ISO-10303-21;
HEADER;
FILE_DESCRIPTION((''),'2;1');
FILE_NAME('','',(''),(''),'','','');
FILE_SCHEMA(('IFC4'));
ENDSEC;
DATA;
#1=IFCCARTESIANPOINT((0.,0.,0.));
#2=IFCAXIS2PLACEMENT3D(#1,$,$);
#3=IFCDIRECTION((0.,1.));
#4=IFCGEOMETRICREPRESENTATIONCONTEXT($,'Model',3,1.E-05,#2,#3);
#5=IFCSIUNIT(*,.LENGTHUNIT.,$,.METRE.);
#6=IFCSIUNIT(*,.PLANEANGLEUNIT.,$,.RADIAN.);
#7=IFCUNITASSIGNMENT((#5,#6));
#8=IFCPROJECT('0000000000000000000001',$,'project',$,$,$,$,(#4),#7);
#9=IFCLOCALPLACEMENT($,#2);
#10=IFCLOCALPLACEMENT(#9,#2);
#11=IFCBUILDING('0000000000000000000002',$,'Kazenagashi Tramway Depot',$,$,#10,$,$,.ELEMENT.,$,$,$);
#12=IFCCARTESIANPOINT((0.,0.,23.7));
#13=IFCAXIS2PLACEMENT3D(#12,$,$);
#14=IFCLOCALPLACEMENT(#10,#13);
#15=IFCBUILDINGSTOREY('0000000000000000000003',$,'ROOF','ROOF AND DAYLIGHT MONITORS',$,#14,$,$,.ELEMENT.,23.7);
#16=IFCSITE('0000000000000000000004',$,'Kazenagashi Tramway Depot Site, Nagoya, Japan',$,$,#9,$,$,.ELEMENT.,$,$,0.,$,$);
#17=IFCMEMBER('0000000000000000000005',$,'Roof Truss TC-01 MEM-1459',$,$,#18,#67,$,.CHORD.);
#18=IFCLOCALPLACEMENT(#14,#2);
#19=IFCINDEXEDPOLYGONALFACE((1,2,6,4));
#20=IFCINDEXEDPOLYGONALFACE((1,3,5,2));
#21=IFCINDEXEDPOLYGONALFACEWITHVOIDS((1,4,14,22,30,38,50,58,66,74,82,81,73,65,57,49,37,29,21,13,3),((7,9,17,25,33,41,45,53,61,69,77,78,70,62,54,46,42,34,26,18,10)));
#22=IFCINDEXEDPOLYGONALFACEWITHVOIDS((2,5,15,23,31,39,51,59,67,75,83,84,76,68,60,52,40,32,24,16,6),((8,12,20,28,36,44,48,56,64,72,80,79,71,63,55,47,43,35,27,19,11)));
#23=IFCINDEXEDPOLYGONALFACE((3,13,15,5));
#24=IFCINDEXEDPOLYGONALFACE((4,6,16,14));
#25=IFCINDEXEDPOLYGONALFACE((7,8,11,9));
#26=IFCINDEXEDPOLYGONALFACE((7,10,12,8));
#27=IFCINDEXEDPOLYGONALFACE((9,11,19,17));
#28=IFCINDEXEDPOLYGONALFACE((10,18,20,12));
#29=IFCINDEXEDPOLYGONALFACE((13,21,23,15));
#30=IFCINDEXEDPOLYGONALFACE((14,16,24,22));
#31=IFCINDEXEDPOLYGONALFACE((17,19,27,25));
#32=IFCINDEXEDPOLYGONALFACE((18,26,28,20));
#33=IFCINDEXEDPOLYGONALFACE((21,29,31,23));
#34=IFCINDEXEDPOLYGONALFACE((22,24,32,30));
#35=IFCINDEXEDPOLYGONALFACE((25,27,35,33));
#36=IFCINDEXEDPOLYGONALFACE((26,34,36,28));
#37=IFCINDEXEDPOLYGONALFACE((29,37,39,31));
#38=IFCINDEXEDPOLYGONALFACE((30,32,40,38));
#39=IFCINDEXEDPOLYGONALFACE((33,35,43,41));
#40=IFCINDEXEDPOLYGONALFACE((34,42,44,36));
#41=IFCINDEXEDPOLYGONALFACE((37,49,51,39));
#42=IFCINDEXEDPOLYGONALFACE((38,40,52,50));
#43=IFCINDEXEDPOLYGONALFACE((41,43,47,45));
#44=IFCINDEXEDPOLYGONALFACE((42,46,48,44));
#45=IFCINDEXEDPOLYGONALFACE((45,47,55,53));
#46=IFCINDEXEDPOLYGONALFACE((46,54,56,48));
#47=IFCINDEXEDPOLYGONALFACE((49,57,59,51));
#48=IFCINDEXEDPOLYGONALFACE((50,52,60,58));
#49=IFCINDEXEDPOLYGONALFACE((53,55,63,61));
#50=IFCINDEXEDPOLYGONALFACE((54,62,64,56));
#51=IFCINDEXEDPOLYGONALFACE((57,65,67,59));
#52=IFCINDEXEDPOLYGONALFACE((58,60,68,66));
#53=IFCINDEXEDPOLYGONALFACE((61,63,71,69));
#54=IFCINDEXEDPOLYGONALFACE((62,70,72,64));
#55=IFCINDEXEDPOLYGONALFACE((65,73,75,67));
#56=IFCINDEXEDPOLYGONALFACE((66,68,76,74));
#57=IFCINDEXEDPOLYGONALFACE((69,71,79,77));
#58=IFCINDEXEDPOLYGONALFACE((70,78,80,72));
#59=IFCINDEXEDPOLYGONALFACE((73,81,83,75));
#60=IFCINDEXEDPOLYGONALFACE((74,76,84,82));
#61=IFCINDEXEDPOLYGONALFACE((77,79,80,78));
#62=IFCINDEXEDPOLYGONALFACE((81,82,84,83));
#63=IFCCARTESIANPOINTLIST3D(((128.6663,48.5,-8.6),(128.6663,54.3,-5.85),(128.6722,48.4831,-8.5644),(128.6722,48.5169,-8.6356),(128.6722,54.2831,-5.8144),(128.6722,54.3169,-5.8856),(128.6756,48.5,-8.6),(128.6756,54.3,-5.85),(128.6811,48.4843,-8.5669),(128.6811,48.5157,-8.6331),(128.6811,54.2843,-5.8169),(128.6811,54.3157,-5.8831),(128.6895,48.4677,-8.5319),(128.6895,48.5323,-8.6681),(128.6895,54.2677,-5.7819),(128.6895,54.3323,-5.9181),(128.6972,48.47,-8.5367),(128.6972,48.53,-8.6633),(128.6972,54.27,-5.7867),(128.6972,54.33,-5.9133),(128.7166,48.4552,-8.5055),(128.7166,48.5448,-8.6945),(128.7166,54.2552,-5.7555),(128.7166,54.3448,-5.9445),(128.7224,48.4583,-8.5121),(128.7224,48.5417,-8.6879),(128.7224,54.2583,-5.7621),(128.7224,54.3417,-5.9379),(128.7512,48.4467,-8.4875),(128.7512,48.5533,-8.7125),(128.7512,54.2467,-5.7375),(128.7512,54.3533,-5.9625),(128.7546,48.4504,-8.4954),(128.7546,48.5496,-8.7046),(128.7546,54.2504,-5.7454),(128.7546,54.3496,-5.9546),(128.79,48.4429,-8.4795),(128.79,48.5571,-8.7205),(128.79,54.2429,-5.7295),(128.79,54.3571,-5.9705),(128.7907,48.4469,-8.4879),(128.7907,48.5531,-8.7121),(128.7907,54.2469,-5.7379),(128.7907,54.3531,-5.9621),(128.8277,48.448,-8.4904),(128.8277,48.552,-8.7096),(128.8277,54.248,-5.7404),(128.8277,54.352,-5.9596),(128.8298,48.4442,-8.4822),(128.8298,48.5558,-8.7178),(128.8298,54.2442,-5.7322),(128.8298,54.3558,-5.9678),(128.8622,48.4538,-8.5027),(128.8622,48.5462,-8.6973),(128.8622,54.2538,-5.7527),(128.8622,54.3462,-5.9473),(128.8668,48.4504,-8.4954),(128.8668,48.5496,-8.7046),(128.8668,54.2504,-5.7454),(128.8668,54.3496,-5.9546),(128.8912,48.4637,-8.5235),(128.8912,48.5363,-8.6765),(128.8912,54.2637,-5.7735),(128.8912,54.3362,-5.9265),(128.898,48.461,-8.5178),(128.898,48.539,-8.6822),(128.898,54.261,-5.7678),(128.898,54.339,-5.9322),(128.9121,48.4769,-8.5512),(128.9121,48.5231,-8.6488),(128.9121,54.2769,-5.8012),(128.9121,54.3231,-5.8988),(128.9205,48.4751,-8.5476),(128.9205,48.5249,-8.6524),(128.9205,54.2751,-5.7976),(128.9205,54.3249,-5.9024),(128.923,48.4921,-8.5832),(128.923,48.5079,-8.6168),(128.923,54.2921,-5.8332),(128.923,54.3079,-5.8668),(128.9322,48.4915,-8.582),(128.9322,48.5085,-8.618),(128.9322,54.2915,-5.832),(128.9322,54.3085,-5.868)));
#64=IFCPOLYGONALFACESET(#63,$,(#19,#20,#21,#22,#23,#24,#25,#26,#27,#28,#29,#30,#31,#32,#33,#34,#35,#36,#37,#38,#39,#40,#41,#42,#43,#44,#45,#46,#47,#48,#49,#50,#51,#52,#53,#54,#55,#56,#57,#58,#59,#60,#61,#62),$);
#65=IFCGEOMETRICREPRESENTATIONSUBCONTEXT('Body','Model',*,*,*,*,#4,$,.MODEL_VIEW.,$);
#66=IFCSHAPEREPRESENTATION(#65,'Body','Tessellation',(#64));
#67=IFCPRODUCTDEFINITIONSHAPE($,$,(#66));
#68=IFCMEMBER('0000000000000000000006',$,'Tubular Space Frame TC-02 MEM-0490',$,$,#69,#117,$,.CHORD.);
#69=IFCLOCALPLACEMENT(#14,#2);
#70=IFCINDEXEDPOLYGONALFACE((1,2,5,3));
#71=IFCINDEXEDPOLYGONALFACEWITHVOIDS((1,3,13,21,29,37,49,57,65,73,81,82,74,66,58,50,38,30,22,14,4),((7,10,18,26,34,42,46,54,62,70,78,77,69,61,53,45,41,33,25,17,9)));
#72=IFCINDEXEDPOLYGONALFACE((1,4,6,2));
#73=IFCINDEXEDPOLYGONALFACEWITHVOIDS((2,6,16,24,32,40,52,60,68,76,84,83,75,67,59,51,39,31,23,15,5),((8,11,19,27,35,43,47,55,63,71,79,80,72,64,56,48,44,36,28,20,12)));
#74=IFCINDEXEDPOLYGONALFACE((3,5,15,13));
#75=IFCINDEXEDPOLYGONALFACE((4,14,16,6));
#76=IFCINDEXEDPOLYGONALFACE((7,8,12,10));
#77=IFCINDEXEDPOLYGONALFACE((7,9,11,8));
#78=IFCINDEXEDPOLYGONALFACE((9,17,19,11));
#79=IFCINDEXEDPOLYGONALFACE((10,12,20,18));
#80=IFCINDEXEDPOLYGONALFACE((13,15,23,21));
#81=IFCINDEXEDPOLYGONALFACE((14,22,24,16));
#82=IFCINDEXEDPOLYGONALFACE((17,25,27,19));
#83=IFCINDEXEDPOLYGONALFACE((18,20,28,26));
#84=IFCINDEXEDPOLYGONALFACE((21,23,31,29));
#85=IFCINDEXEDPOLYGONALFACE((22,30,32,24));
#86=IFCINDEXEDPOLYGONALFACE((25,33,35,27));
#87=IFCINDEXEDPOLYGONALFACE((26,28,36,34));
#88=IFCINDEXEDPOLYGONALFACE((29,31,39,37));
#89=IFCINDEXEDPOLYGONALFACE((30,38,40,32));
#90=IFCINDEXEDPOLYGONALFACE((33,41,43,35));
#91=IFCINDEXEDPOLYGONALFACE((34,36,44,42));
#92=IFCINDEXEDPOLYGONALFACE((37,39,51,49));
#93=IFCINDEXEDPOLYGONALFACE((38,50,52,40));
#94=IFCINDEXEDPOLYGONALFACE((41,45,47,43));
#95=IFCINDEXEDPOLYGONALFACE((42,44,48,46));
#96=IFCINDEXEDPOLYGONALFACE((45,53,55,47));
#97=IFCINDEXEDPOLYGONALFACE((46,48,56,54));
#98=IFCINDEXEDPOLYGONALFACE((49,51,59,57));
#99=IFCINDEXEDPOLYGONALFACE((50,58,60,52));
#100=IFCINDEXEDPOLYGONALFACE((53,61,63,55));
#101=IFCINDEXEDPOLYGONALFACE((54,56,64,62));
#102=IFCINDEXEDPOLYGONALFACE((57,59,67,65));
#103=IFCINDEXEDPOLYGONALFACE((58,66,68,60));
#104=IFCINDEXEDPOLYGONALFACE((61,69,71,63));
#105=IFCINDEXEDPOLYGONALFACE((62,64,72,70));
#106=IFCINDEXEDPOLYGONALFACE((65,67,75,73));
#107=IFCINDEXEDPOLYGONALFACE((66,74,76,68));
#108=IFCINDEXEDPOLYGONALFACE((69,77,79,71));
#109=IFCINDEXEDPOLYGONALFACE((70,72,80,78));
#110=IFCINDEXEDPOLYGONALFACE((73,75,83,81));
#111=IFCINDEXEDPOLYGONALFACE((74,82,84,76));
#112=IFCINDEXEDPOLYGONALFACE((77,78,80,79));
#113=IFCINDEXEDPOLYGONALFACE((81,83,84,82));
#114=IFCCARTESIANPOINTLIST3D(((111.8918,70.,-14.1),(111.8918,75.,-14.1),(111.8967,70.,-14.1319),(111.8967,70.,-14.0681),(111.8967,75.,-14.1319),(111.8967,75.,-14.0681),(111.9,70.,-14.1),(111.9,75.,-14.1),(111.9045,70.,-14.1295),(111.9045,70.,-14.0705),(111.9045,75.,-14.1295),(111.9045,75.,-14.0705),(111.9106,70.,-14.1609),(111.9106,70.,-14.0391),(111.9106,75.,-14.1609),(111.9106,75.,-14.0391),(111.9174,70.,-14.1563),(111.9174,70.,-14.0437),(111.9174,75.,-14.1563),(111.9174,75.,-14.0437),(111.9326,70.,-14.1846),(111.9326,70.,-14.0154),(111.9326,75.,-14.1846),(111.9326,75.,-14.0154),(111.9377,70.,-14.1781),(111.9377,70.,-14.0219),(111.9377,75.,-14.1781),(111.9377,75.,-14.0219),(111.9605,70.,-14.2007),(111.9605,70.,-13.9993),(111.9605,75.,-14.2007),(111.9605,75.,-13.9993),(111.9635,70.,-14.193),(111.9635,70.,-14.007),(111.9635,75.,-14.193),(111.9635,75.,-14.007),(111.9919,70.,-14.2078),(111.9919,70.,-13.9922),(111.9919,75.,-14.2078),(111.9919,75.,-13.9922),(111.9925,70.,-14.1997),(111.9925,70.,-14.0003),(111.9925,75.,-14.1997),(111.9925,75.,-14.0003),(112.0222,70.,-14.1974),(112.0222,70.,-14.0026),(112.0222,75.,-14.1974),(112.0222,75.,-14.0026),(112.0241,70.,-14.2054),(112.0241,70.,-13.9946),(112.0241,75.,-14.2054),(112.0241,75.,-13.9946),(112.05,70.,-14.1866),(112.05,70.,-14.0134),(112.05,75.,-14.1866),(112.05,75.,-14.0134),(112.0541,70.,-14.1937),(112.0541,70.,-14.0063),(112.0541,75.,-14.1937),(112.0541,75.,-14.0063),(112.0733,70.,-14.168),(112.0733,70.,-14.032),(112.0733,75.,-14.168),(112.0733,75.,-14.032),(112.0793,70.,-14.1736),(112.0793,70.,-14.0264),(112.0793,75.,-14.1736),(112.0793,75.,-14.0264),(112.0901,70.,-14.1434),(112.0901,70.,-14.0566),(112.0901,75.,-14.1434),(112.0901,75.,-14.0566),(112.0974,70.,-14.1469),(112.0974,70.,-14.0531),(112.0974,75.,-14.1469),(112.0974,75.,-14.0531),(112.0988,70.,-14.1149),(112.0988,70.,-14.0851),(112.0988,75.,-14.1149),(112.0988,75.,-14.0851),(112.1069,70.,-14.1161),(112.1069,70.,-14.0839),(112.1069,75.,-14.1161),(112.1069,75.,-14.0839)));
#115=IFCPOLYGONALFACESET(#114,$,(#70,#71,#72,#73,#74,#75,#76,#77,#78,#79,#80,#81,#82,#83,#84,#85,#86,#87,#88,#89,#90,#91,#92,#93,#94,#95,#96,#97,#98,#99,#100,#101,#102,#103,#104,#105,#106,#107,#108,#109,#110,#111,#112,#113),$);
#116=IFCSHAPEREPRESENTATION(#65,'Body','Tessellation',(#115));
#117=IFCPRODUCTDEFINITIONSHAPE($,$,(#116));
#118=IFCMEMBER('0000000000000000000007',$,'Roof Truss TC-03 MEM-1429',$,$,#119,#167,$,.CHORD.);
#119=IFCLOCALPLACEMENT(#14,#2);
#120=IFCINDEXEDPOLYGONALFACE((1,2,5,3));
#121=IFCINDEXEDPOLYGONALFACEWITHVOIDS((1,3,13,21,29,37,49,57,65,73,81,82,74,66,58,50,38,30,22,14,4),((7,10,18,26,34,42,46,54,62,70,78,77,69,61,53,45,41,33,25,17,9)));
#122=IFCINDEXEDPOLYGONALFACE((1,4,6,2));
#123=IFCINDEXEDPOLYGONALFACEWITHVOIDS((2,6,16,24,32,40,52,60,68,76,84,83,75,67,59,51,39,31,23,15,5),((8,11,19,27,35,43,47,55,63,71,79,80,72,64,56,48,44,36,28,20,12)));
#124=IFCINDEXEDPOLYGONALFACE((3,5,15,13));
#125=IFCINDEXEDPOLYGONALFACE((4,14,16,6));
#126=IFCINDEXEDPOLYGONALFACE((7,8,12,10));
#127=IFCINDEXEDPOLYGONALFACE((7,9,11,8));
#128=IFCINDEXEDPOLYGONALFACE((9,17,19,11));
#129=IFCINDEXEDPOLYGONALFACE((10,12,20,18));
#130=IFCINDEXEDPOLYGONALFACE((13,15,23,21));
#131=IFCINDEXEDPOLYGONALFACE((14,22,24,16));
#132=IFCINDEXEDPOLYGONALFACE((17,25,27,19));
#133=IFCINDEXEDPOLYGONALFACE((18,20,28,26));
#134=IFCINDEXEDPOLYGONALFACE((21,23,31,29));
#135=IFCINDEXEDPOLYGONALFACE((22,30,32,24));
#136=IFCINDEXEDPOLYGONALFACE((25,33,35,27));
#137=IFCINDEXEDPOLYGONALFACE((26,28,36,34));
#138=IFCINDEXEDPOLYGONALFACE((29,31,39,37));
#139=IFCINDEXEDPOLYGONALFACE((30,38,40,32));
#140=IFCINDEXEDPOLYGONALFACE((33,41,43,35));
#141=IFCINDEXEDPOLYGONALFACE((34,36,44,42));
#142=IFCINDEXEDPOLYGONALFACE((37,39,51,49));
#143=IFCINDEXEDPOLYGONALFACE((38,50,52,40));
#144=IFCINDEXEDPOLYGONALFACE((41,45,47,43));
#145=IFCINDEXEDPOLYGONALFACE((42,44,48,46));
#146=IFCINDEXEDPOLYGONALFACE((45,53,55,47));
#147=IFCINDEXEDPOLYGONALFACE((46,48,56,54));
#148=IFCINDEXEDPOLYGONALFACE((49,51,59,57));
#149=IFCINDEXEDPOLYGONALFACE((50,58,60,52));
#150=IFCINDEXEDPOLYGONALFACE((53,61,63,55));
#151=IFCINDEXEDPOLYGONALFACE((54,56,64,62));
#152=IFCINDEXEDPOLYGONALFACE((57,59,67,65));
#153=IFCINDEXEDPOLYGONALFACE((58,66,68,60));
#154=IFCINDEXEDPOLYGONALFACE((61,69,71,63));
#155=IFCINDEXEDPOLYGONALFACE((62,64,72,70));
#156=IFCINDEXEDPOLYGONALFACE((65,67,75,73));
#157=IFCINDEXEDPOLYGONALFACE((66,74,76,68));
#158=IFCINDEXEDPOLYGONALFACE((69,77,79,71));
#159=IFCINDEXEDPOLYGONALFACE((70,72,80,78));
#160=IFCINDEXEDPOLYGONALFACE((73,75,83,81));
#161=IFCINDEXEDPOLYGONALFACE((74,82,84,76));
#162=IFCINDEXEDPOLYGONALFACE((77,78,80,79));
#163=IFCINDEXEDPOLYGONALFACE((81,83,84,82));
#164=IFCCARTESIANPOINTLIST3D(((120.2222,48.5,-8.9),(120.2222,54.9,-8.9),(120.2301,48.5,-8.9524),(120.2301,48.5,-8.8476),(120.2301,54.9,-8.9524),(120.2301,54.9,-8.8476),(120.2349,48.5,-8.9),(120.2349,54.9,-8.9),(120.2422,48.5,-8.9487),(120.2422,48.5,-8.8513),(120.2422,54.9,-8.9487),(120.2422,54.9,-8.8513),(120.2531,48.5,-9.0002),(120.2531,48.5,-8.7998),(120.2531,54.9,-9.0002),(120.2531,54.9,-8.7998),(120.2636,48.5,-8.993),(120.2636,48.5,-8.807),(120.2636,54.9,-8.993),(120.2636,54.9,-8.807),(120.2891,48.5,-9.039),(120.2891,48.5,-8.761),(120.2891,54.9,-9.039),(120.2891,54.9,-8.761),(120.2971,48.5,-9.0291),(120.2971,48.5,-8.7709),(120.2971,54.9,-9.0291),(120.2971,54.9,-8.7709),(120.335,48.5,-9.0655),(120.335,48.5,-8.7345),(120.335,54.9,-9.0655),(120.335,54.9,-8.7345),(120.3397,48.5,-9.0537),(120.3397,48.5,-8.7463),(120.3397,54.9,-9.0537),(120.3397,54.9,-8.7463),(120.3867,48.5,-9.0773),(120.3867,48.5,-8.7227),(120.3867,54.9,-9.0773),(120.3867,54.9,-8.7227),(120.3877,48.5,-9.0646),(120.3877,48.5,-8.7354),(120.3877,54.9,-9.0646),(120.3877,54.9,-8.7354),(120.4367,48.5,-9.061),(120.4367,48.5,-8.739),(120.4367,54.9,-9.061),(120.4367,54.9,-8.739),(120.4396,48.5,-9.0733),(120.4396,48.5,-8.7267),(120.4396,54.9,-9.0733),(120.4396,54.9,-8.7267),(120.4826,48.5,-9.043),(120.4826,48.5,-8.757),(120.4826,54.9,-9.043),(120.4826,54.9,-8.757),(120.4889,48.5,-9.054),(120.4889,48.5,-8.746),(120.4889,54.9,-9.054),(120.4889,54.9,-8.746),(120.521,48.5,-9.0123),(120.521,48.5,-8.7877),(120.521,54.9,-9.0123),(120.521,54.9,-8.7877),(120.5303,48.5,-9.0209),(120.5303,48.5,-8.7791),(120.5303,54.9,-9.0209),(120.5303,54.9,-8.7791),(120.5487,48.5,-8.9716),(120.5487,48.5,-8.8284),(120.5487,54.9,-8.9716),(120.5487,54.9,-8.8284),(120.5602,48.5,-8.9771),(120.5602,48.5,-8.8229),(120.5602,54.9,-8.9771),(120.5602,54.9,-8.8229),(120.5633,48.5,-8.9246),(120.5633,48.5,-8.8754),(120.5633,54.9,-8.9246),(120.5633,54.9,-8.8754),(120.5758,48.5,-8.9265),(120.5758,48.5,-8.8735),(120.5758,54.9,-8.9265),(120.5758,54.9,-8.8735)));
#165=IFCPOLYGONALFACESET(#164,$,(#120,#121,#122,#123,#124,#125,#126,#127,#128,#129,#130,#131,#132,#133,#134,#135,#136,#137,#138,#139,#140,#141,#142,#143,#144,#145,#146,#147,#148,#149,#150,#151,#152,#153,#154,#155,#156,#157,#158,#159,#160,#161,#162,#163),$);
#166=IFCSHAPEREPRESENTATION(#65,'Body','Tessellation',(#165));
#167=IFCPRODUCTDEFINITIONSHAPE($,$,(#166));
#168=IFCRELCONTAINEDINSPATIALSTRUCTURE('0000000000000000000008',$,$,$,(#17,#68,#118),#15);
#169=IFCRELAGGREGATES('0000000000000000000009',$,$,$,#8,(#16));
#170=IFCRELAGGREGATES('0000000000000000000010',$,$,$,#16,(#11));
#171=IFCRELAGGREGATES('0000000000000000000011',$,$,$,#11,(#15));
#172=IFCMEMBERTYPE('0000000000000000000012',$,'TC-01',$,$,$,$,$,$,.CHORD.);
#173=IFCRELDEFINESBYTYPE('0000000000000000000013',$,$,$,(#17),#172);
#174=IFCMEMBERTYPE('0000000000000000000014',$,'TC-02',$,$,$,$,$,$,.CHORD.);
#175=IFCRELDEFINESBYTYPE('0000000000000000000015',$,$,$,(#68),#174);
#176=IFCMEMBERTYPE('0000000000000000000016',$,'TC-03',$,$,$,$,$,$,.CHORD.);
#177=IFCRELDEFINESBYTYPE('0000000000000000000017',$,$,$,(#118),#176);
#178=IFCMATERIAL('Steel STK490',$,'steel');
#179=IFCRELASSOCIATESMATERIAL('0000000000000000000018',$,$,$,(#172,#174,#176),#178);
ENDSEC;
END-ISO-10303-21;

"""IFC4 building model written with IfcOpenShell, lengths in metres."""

from ifc_helpers import new_model, si_unit, direction, frame, origin, origin_2d, place, context, subcontext, project, spatial, hollow_circle, extrude, material, material_profile, profile_set, type_object, element, save


model = new_model("IFC4")

# Units and contexts
model_context = context("Model", 3, precision=1e-05, world=origin(), true_north=direction((0.0, 1.0)))
body_context = subcontext(model_context, "Body", "Model", "MODEL_VIEW")
ifc_project = project(units=[si_unit("LENGTHUNIT", "METRE"), si_unit("PLANEANGLEUNIT", "RADIAN")], contexts=[model_context])

# Site, building, storey
site_placement = place(None, origin())
site = spatial("IfcSite", under=ifc_project, at=site_placement, Name="Kazenagashi Tramway Depot Site, Nagoya, Japan", CompositionType="ELEMENT", RefElevation=0.0)
building_placement = place(site_placement, origin())
building = spatial("IfcBuilding", under=site, at=building_placement, Name="Kazenagashi Tramway Depot", CompositionType="ELEMENT")
storey_placement = place(building_placement, frame((0.0, 0.0, 23.7)))
storey = spatial("IfcBuildingStorey", under=building, at=storey_placement, Name="ROOF", Description="ROOF AND DAYLIGHT MONITORS", CompositionType="ELEMENT", Elevation=23.7)

# Members
ifc_material_1 = material(Name="Steel STK490", Category="steel")
ifc_material_profile_1 = material_profile(ifc_material_1, hollow_circle(Radius=0.1337, WallThickness=0.0093, at=origin_2d()), Name="CHS-267.4x9.3")
ifc_profile_set_1 = profile_set([ifc_material_profile_1], Name="Steel STK490")
member_type_1 = type_object("IfcMemberType", Name="TC-01", PredefinedType="CHORD", material=ifc_profile_set_1)
for number, where, z_axis, x_axis, name in (
    (1, (128.8, 48.5, -8.6), (0.0, 0.903579, 0.428421), (-1.0, 0.0, 0.0), "Roof Truss TC-01 MEM-1459"),
):
    element("IfcMember", number, at=place(storey_placement, frame(where, z_axis=z_axis, x_axis=x_axis)), inside=storey, type_object=member_type_1, Name=name, PredefinedType="CHORD", context=body_context, shape_type="SweptSolid", body=[
        extrude(hollow_circle(Radius=0.1337, WallThickness=0.0093, at=origin_2d()), origin(), (0.0, 0.0, 1.0), 6.4189),
    ])
ifc_material_profile_2 = material_profile(ifc_material_1, hollow_circle(Radius=0.1081, WallThickness=0.0082, at=origin_2d()), Name="CHS-216.3x8.2")
ifc_profile_set_2 = profile_set([ifc_material_profile_2], Name="Steel STK490")
member_type_2 = type_object("IfcMemberType", Name="TC-02", PredefinedType="CHORD", material=ifc_profile_set_2)
member_1_placement = place(storey_placement, frame((112.0, 70.0, -14.1), z_axis=(0.0, 1.0, 0.0), x_axis=(-1.0, 0.0, 0.0)))
element("IfcMember", 2, at=member_1_placement, inside=storey, type_object=member_type_2, Name="Tubular Space Frame TC-02 MEM-0490", PredefinedType="CHORD", context=body_context, shape_type="SweptSolid", body=[
    extrude(hollow_circle(Radius=0.1081, WallThickness=0.0082, at=origin_2d()), origin(), (0.0, 0.0, 1.0), 5.0),
])
ifc_material_profile_3 = material_profile(ifc_material_1, hollow_circle(Radius=0.1778, WallThickness=0.0127, at=origin_2d()), Name="CHS-355.6x12.7")
ifc_profile_set_3 = profile_set([ifc_material_profile_3], Name="Steel STK490")
member_type_3 = type_object("IfcMemberType", Name="TC-03", PredefinedType="CHORD", material=ifc_profile_set_3)
for number, where, z_axis, x_axis, name in (
    (3, (120.4, 48.5, -8.9), (0.0, 1.0, 0.0), (-1.0, 0.0, 0.0), "Roof Truss TC-03 MEM-1429"),
):
    element("IfcMember", number, at=place(storey_placement, frame(where, z_axis=z_axis, x_axis=x_axis)), inside=storey, type_object=member_type_3, Name=name, PredefinedType="CHORD", context=body_context, shape_type="SweptSolid", body=[
        extrude(hollow_circle(Radius=0.1778, WallThickness=0.0127, at=origin_2d()), origin(), (0.0, 0.0, 1.0), 6.4),
    ])

save(model, "model.ifc")
